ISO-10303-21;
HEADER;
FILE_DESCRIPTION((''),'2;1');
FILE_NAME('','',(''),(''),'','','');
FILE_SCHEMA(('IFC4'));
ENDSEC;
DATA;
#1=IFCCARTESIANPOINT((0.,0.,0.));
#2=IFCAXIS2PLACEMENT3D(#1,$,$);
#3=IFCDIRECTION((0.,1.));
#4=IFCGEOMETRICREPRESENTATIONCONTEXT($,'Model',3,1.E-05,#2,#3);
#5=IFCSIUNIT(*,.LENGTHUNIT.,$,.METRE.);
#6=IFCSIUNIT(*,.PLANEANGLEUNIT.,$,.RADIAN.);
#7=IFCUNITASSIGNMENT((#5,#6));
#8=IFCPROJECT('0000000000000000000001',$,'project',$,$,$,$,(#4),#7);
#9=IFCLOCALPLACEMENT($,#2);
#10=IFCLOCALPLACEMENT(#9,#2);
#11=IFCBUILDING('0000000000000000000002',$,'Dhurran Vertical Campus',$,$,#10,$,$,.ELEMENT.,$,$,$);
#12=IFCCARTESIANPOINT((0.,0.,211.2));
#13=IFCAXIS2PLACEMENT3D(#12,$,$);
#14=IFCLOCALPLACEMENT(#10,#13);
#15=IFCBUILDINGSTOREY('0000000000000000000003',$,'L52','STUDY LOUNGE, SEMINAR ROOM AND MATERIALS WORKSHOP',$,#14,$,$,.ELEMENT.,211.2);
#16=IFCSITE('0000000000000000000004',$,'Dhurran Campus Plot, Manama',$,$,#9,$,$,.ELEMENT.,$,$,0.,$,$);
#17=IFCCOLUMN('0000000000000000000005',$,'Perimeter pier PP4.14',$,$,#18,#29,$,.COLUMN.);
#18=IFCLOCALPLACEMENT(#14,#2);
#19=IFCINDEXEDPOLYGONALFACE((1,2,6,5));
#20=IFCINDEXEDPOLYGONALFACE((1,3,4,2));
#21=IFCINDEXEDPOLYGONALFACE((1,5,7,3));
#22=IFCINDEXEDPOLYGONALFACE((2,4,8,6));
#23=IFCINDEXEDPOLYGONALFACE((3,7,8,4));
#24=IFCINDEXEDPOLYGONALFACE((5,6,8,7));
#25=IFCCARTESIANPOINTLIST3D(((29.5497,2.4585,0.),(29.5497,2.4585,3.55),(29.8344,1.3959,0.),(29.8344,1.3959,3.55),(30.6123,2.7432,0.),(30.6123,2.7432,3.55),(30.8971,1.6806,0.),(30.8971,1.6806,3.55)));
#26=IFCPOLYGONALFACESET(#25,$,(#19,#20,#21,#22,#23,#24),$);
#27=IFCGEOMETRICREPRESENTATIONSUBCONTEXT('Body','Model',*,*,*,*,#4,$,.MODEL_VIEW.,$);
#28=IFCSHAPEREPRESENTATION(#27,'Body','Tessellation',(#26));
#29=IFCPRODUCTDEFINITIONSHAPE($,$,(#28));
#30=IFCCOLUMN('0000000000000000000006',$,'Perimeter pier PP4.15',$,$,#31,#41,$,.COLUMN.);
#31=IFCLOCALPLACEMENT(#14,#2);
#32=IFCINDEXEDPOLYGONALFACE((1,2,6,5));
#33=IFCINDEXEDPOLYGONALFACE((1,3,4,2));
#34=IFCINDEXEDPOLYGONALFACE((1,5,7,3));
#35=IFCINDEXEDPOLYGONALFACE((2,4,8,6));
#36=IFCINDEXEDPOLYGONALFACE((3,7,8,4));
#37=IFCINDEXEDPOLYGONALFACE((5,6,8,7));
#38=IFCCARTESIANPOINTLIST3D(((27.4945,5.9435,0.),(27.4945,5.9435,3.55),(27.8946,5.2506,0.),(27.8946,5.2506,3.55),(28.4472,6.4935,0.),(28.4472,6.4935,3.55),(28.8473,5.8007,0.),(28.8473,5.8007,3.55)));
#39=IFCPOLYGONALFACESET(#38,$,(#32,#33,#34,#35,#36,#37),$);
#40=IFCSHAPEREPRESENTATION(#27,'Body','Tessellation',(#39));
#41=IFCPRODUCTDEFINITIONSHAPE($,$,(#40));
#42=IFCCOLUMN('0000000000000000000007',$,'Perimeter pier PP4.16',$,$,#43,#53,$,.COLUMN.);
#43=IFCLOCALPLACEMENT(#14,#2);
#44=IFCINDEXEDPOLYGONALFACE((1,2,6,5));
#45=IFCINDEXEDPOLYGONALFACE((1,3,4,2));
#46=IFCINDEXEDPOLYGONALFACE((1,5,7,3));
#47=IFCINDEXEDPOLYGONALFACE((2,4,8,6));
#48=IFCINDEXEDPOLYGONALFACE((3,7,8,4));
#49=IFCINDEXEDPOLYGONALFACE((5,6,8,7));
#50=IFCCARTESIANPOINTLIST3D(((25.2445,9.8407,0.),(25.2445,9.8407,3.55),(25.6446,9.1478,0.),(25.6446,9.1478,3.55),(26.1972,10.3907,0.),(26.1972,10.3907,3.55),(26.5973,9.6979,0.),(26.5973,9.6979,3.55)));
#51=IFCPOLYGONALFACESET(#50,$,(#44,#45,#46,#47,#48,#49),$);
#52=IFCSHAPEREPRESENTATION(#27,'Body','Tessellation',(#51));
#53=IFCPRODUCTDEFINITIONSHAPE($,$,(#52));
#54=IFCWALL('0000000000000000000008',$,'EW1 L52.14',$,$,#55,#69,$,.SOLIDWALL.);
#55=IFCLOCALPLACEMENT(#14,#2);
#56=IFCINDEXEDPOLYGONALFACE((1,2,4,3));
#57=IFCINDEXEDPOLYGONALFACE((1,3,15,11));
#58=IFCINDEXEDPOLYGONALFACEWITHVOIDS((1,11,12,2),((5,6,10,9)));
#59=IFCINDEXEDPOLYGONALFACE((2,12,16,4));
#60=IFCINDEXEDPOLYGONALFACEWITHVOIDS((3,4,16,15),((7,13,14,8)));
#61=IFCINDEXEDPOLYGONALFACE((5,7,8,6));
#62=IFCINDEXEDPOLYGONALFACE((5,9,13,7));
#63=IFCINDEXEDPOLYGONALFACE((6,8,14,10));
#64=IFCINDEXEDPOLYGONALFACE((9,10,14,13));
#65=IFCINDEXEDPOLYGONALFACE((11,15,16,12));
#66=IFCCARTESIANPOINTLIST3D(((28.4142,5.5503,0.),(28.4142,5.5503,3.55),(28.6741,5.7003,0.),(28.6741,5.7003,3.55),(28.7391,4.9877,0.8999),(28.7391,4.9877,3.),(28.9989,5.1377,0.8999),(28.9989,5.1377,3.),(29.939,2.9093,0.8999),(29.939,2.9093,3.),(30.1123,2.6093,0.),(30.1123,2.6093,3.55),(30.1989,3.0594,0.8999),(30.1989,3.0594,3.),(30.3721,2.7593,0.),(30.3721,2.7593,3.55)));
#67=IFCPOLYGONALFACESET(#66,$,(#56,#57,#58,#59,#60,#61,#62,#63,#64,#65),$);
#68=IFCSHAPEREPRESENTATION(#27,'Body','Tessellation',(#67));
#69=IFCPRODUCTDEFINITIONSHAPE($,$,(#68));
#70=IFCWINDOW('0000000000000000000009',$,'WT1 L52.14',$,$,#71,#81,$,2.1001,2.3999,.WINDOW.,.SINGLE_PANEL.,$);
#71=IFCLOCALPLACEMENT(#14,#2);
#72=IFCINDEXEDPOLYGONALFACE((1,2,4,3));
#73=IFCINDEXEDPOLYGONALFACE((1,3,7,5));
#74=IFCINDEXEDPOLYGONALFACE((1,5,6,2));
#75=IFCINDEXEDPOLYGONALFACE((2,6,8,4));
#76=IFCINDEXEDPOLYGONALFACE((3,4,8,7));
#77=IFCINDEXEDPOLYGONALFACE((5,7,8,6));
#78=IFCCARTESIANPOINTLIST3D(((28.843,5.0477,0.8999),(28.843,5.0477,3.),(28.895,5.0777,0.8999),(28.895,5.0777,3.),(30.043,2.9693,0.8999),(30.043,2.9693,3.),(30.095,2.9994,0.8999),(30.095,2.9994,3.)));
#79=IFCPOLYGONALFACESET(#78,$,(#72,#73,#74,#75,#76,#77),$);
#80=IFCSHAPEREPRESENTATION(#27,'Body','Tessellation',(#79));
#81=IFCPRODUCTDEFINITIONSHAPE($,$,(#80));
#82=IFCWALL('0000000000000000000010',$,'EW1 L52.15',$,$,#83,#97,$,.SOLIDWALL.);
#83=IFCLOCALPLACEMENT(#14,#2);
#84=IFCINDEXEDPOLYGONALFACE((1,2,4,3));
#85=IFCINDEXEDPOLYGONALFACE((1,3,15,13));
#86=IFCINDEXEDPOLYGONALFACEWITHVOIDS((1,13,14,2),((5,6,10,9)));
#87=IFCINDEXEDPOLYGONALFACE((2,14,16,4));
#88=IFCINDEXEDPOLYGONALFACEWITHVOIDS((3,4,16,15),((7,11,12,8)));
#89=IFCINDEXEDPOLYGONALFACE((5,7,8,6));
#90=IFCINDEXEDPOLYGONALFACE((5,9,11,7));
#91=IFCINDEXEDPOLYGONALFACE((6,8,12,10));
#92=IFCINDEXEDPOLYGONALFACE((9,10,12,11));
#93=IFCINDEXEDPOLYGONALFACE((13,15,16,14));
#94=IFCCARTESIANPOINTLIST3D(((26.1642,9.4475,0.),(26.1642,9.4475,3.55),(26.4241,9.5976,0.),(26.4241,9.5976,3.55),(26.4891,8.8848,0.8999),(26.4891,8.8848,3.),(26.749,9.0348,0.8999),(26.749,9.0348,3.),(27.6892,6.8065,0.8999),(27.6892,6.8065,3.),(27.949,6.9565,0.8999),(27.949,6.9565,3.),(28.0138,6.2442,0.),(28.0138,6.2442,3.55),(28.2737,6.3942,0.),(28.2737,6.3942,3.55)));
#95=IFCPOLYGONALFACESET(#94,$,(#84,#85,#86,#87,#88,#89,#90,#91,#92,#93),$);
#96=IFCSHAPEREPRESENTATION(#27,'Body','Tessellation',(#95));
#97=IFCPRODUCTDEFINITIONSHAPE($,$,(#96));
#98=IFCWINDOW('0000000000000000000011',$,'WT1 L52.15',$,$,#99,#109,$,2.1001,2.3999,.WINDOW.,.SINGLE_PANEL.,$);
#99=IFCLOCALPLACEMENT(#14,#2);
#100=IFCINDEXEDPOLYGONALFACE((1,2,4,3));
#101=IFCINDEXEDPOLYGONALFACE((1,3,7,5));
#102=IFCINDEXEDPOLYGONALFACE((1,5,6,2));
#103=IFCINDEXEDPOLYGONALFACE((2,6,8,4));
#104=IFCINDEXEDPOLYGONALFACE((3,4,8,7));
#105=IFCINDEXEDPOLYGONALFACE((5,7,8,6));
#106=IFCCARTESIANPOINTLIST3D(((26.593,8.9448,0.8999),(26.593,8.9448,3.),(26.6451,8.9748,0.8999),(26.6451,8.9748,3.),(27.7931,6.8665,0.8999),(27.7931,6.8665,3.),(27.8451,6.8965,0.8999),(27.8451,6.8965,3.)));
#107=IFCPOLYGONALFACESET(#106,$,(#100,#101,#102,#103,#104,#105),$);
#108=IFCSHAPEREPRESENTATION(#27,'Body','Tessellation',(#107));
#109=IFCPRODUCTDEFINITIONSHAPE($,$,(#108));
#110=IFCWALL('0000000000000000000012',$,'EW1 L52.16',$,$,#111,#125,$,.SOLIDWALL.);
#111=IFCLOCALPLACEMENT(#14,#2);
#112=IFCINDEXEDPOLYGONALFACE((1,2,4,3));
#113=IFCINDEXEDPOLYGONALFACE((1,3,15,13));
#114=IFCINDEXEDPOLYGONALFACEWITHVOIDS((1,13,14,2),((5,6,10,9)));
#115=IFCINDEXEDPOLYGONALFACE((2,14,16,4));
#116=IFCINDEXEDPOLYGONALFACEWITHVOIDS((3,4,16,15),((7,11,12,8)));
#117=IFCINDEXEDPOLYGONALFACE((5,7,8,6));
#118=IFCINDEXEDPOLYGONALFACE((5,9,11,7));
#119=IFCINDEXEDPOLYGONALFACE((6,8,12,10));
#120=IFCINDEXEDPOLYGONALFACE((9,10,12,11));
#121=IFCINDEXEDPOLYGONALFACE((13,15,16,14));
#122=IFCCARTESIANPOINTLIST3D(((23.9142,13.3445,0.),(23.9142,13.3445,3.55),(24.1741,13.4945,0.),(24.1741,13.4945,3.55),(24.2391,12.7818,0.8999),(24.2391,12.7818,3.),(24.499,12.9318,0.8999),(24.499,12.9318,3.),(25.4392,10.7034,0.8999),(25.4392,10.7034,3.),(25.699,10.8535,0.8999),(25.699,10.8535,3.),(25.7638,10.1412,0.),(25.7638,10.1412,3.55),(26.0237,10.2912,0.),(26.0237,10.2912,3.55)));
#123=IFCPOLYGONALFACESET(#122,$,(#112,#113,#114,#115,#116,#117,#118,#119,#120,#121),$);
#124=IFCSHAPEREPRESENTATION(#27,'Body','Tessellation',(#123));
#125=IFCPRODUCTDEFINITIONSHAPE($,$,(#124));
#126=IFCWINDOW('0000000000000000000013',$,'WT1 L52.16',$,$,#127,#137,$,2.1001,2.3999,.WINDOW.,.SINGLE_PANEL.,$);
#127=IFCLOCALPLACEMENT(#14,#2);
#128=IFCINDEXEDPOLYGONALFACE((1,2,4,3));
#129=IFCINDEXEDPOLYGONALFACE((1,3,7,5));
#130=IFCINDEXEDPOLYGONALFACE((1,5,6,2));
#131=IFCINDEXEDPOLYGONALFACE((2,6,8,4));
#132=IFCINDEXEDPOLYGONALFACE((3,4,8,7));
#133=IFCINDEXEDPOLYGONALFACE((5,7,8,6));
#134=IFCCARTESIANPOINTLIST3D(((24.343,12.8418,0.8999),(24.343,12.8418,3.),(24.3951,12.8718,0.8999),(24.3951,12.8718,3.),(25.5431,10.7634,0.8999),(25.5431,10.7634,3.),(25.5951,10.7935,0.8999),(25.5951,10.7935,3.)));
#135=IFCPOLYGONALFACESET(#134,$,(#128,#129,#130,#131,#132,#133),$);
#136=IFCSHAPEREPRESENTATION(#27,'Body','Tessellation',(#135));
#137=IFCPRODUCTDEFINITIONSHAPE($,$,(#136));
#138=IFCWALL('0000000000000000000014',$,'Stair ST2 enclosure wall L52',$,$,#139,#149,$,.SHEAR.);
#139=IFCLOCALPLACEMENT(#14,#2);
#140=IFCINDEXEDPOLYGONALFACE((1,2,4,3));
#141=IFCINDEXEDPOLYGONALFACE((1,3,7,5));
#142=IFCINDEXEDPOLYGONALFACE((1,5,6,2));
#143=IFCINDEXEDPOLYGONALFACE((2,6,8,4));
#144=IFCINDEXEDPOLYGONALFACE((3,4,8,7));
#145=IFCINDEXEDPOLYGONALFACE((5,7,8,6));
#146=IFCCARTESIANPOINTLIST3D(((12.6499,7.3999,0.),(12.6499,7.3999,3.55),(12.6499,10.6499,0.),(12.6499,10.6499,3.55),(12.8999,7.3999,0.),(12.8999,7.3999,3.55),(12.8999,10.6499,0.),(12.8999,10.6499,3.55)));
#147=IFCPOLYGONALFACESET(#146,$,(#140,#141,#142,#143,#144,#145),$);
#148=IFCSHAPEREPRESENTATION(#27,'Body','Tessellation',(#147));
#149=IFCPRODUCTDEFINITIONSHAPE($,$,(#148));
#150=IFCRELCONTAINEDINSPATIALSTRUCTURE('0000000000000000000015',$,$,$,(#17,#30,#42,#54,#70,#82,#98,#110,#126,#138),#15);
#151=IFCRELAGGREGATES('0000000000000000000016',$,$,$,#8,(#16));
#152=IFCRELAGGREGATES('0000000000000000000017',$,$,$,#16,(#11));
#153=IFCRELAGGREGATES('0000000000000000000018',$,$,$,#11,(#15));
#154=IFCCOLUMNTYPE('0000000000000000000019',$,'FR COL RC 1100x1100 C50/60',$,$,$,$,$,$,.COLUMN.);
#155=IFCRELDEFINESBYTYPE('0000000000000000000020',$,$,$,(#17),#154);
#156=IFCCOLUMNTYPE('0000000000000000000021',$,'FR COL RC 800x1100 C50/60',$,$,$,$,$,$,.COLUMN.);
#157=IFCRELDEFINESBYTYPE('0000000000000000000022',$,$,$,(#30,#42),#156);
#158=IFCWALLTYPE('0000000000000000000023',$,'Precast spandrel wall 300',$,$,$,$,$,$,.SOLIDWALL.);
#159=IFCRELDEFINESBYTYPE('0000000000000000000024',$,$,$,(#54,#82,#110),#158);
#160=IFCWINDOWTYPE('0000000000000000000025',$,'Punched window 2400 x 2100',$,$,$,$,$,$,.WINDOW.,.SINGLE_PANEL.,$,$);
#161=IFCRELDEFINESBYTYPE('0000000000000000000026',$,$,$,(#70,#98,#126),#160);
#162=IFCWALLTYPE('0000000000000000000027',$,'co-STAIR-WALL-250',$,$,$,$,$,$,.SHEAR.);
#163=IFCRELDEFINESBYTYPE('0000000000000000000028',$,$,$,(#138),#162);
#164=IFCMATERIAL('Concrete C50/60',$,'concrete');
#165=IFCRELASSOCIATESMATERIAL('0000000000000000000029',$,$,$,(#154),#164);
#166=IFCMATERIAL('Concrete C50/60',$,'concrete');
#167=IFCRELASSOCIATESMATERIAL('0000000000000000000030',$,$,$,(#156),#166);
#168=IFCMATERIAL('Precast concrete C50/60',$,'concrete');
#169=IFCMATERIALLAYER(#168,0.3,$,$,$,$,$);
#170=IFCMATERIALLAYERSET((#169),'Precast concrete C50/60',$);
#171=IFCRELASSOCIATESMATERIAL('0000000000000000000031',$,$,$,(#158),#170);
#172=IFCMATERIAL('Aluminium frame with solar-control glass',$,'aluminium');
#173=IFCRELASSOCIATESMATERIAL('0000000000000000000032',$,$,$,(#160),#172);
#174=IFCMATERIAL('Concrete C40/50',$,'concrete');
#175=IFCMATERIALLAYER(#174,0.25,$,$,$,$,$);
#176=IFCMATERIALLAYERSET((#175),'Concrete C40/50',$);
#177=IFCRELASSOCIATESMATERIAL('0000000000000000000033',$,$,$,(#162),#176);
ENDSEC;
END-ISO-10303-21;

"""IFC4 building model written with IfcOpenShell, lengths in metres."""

from ifc_helpers import new_model, si_unit, direction, frame, frame_2d, origin, origin_2d, place, context, subcontext, project, spatial, rectangle, extrude, material, layer, layer_set, material_profile, profile_set, type_object, element, fill, save


model = new_model("IFC4")

# Units and contexts
model_context = context("Model", 3, precision=1e-05, world=origin(), true_north=direction((0.0, 1.0)))
body_context = subcontext(model_context, "Body", "Model", "MODEL_VIEW")
ifc_project = project(units=[si_unit("LENGTHUNIT", "METRE"), si_unit("PLANEANGLEUNIT", "RADIAN")], contexts=[model_context])

# Site, building, storey
site_placement = place(None, origin())
site = spatial("IfcSite", under=ifc_project, at=site_placement, Name="Dhurran Campus Plot, Manama", CompositionType="ELEMENT", RefElevation=0.0)
building_placement = place(site_placement, origin())
building = spatial("IfcBuilding", under=site, at=building_placement, Name="Dhurran Vertical Campus", CompositionType="ELEMENT")
storey_placement = place(building_placement, frame((0.0, 0.0, 211.2)))
storey = spatial("IfcBuildingStorey", under=building, at=storey_placement, Name="L52", Description="STUDY LOUNGE, SEMINAR ROOM AND MATERIALS WORKSHOP", CompositionType="ELEMENT", Elevation=211.2)

# Columns
ifc_material_1 = material(Name="Concrete C50/60", Category="concrete")
ifc_material_profile_1 = material_profile(ifc_material_1, rectangle(XDim=1.1001, YDim=1.1001, at=origin_2d()), Name="RC 1100x1100")
ifc_profile_set_1 = profile_set([ifc_material_profile_1], Name="Concrete C50/60")
column_type_1 = type_object("IfcColumnType", Name="FR COL RC 1100x1100 C50/60", PredefinedType="COLUMN", material=ifc_profile_set_1)
column_placement = place(storey_placement, frame((30.2234, 2.0696, 0.0), z_axis=(0.0, 0.0, 1.0), x_axis=(-0.258819, 0.965926, 0.0)))
element("IfcColumn", 1, at=column_placement, inside=storey, type_object=column_type_1, Name="Perimeter pier PP4.14", PredefinedType="COLUMN", context=body_context, shape_type="SweptSolid", body=[
    extrude(rectangle(XDim=1.1001, YDim=1.1001, at=origin_2d()), origin(), (0.0, 0.0, 1.0), 3.55),
])
ifc_material_2 = material(Name="Concrete C50/60", Category="concrete")
ifc_material_profile_2 = material_profile(ifc_material_2, rectangle(XDim=0.8, YDim=1.1001, at=origin_2d()), Name="RC 800x1100")
ifc_profile_set_2 = profile_set([ifc_material_profile_2], Name="Concrete C50/60")
column_type_2 = type_object("IfcColumnType", Name="FR COL RC 800x1100 C50/60", PredefinedType="COLUMN", material=ifc_profile_set_2)
for number, where, z_axis, x_axis, name in (
    (2, (28.1709, 5.8721, 0.0), (0.0, 0.0, 1.0), (-0.5, 0.866025, 0.0), "Perimeter pier PP4.15"),
    (3, (25.9209, 9.7693, 0.0), (0.0, 0.0, 1.0), (-0.5, 0.866025, 0.0), "Perimeter pier PP4.16"),
):
    element("IfcColumn", number, at=place(storey_placement, frame(where, z_axis=z_axis, x_axis=x_axis)), inside=storey, type_object=column_type_2, Name=name, PredefinedType="COLUMN", context=body_context, shape_type="SweptSolid", body=[
        extrude(rectangle(XDim=0.8, YDim=1.1001, at=origin_2d()), origin(), (0.0, 0.0, 1.0), 3.55),
    ])

# Walls, openings, windows
ifc_material_3 = material(Name="Precast concrete C50/60", Category="concrete")
ifc_layer_1 = layer(ifc_material_3, 0.3)
ifc_layer_set_1 = layer_set([ifc_layer_1], Name="Precast concrete C50/60")
wall_type_1 = type_object("IfcWallType", Name="Precast spandrel wall 300", PredefinedType="SOLIDWALL", material=ifc_layer_set_1)
wall_1_placement = place(storey_placement, frame((30.2422, 2.6843, 0.0), z_axis=(0.0, 0.0, 1.0), x_axis=(-0.500013, 0.866018, 0.0)))
wall_1 = element("IfcWall", 4, at=wall_1_placement, inside=storey, type_object=wall_type_1, Name="EW1 L52.14", PredefinedType="SOLIDWALL", context=body_context, shape_type="SweptSolid", body=[
    extrude(rectangle(XDim=3.396, YDim=0.3, at=frame_2d((1.698, 0.0))), origin(), (0.0, 0.0, 1.0), 3.55),
])
opening_1_placement = place(wall_1_placement, frame((0.3464, 0.0, 0.8999)))
opening_1 = element("IfcOpeningElement", 5, at=opening_1_placement, cuts=wall_1, PredefinedType="OPENING", context=body_context, shape_type="SweptSolid", body=[
    extrude(rectangle(XDim=2.3999, YDim=2.1001, at=frame_2d((1.2, 1.05))), frame((0.0, 0.1599, 0.0), z_axis=(0.0, -1.0, 0.0), x_axis=(1.0, 0.0, 0.0)), (0.0, 0.0, 1.0), 0.3201),
])
ifc_material_4 = material(Name="Aluminium frame with solar-control glass", Category="aluminium")
window_type = type_object("IfcWindowType", Name="Punched window 2400 x 2100", PartitioningType="SINGLE_PANEL", PredefinedType="WINDOW", material=ifc_material_4)
window_1_placement = place(opening_1_placement, origin())
window_1 = element("IfcWindow", 6, at=window_1_placement, inside=storey, type_object=window_type, Name="WT1 L52.14", OverallHeight=2.1001, OverallWidth=2.3999, PartitioningType="SINGLE_PANEL", PredefinedType="WINDOW", context=body_context, shape_type="SweptSolid", body=[
    extrude(rectangle(XDim=2.3999, YDim=2.1001, at=frame_2d((1.2, 1.05))), frame((0.0, 0.03, 0.0), z_axis=(0.0, -1.0, 0.0), x_axis=(1.0, 0.0, 0.0)), (0.0, 0.0, 1.0), 0.0601),
])
fill(opening_1, window_1)
wall_2_placement = place(storey_placement, frame((28.1438, 6.3191, 0.0), z_axis=(0.0, 0.0, 1.0), x_axis=(-0.500029, 0.866009, 0.0)))
wall_2 = element("IfcWall", 7, at=wall_2_placement, inside=storey, type_object=wall_type_1, Name="EW1 L52.15", PredefinedType="SOLIDWALL", context=body_context, shape_type="SweptSolid", body=[
    extrude(rectangle(XDim=3.699, YDim=0.3, at=frame_2d((1.8496, 0.0))), origin(), (0.0, 0.0, 1.0), 3.55),
])
opening_2_placement = place(wall_2_placement, frame((0.6494, 0.0, 0.8999)))
opening_2 = element("IfcOpeningElement", 8, at=opening_2_placement, cuts=wall_2, PredefinedType="OPENING", context=body_context, shape_type="SweptSolid", body=[
    extrude(rectangle(XDim=2.3999, YDim=2.1001, at=frame_2d((1.2, 1.05))), frame((0.0, 0.1599, 0.0), z_axis=(0.0, -1.0, 0.0), x_axis=(1.0, 0.0, 0.0)), (0.0, 0.0, 1.0), 0.3201),
])
window_2_placement = place(opening_2_placement, origin())
window_2 = element("IfcWindow", 9, at=window_2_placement, inside=storey, type_object=window_type, Name="WT1 L52.15", OverallHeight=2.1001, OverallWidth=2.3999, PartitioningType="SINGLE_PANEL", PredefinedType="WINDOW", context=body_context, shape_type="SweptSolid", body=[
    extrude(rectangle(XDim=2.3999, YDim=2.1001, at=frame_2d((1.2, 1.05))), frame((0.0, 0.03, 0.0), z_axis=(0.0, -1.0, 0.0), x_axis=(1.0, 0.0, 0.0)), (0.0, 0.0, 1.0), 0.0601),
])
fill(opening_2, window_2)
wall_3_placement = place(storey_placement, frame((25.8938, 10.2161, 0.0), z_axis=(0.0, 0.0, 1.0), x_axis=(-0.500029, 0.866009, 0.0)))
wall_3 = element("IfcWall", 10, at=wall_3_placement, inside=storey, type_object=wall_type_1, Name="EW1 L52.16", PredefinedType="SOLIDWALL", context=body_context, shape_type="SweptSolid", body=[
    extrude(rectangle(XDim=3.699, YDim=0.3, at=frame_2d((1.8496, 0.0))), origin(), (0.0, 0.0, 1.0), 3.55),
])
opening_3_placement = place(wall_3_placement, frame((0.6494, 0.0, 0.8999)))
opening_3 = element("IfcOpeningElement", 11, at=opening_3_placement, cuts=wall_3, PredefinedType="OPENING", context=body_context, shape_type="SweptSolid", body=[
    extrude(rectangle(XDim=2.3999, YDim=2.1001, at=frame_2d((1.2, 1.05))), frame((0.0, 0.1599, 0.0), z_axis=(0.0, -1.0, 0.0), x_axis=(1.0, 0.0, 0.0)), (0.0, 0.0, 1.0), 0.3201),
])
window_3_placement = place(opening_3_placement, origin())
window_3 = element("IfcWindow", 12, at=window_3_placement, inside=storey, type_object=window_type, Name="WT1 L52.16", OverallHeight=2.1001, OverallWidth=2.3999, PartitioningType="SINGLE_PANEL", PredefinedType="WINDOW", context=body_context, shape_type="SweptSolid", body=[
    extrude(rectangle(XDim=2.3999, YDim=2.1001, at=frame_2d((1.2, 1.05))), frame((0.0, 0.03, 0.0), z_axis=(0.0, -1.0, 0.0), x_axis=(1.0, 0.0, 0.0)), (0.0, 0.0, 1.0), 0.0601),
])
fill(opening_3, window_3)

# Wall
ifc_material_5 = material(Name="Concrete C40/50", Category="concrete")
ifc_layer_2 = layer(ifc_material_5, 0.25)
ifc_layer_set_2 = layer_set([ifc_layer_2], Name="Concrete C40/50")
wall_type_2 = type_object("IfcWallType", Name="co-STAIR-WALL-250", PredefinedType="SHEAR", material=ifc_layer_set_2)
wall_4_placement = place(storey_placement, frame((12.7749, 7.3999, 0.0), z_axis=(0.0, 0.0, 1.0), x_axis=(0.0, 1.0, 0.0)))
element("IfcWall", 13, at=wall_4_placement, inside=storey, type_object=wall_type_2, Name="Stair ST2 enclosure wall L52", PredefinedType="SHEAR", context=body_context, shape_type="SweptSolid", body=[
    extrude(rectangle(XDim=3.25, YDim=0.25, at=frame_2d((1.625, 0.0))), origin(), (0.0, 0.0, 1.0), 3.55),
])

save(model, "model.ifc")
